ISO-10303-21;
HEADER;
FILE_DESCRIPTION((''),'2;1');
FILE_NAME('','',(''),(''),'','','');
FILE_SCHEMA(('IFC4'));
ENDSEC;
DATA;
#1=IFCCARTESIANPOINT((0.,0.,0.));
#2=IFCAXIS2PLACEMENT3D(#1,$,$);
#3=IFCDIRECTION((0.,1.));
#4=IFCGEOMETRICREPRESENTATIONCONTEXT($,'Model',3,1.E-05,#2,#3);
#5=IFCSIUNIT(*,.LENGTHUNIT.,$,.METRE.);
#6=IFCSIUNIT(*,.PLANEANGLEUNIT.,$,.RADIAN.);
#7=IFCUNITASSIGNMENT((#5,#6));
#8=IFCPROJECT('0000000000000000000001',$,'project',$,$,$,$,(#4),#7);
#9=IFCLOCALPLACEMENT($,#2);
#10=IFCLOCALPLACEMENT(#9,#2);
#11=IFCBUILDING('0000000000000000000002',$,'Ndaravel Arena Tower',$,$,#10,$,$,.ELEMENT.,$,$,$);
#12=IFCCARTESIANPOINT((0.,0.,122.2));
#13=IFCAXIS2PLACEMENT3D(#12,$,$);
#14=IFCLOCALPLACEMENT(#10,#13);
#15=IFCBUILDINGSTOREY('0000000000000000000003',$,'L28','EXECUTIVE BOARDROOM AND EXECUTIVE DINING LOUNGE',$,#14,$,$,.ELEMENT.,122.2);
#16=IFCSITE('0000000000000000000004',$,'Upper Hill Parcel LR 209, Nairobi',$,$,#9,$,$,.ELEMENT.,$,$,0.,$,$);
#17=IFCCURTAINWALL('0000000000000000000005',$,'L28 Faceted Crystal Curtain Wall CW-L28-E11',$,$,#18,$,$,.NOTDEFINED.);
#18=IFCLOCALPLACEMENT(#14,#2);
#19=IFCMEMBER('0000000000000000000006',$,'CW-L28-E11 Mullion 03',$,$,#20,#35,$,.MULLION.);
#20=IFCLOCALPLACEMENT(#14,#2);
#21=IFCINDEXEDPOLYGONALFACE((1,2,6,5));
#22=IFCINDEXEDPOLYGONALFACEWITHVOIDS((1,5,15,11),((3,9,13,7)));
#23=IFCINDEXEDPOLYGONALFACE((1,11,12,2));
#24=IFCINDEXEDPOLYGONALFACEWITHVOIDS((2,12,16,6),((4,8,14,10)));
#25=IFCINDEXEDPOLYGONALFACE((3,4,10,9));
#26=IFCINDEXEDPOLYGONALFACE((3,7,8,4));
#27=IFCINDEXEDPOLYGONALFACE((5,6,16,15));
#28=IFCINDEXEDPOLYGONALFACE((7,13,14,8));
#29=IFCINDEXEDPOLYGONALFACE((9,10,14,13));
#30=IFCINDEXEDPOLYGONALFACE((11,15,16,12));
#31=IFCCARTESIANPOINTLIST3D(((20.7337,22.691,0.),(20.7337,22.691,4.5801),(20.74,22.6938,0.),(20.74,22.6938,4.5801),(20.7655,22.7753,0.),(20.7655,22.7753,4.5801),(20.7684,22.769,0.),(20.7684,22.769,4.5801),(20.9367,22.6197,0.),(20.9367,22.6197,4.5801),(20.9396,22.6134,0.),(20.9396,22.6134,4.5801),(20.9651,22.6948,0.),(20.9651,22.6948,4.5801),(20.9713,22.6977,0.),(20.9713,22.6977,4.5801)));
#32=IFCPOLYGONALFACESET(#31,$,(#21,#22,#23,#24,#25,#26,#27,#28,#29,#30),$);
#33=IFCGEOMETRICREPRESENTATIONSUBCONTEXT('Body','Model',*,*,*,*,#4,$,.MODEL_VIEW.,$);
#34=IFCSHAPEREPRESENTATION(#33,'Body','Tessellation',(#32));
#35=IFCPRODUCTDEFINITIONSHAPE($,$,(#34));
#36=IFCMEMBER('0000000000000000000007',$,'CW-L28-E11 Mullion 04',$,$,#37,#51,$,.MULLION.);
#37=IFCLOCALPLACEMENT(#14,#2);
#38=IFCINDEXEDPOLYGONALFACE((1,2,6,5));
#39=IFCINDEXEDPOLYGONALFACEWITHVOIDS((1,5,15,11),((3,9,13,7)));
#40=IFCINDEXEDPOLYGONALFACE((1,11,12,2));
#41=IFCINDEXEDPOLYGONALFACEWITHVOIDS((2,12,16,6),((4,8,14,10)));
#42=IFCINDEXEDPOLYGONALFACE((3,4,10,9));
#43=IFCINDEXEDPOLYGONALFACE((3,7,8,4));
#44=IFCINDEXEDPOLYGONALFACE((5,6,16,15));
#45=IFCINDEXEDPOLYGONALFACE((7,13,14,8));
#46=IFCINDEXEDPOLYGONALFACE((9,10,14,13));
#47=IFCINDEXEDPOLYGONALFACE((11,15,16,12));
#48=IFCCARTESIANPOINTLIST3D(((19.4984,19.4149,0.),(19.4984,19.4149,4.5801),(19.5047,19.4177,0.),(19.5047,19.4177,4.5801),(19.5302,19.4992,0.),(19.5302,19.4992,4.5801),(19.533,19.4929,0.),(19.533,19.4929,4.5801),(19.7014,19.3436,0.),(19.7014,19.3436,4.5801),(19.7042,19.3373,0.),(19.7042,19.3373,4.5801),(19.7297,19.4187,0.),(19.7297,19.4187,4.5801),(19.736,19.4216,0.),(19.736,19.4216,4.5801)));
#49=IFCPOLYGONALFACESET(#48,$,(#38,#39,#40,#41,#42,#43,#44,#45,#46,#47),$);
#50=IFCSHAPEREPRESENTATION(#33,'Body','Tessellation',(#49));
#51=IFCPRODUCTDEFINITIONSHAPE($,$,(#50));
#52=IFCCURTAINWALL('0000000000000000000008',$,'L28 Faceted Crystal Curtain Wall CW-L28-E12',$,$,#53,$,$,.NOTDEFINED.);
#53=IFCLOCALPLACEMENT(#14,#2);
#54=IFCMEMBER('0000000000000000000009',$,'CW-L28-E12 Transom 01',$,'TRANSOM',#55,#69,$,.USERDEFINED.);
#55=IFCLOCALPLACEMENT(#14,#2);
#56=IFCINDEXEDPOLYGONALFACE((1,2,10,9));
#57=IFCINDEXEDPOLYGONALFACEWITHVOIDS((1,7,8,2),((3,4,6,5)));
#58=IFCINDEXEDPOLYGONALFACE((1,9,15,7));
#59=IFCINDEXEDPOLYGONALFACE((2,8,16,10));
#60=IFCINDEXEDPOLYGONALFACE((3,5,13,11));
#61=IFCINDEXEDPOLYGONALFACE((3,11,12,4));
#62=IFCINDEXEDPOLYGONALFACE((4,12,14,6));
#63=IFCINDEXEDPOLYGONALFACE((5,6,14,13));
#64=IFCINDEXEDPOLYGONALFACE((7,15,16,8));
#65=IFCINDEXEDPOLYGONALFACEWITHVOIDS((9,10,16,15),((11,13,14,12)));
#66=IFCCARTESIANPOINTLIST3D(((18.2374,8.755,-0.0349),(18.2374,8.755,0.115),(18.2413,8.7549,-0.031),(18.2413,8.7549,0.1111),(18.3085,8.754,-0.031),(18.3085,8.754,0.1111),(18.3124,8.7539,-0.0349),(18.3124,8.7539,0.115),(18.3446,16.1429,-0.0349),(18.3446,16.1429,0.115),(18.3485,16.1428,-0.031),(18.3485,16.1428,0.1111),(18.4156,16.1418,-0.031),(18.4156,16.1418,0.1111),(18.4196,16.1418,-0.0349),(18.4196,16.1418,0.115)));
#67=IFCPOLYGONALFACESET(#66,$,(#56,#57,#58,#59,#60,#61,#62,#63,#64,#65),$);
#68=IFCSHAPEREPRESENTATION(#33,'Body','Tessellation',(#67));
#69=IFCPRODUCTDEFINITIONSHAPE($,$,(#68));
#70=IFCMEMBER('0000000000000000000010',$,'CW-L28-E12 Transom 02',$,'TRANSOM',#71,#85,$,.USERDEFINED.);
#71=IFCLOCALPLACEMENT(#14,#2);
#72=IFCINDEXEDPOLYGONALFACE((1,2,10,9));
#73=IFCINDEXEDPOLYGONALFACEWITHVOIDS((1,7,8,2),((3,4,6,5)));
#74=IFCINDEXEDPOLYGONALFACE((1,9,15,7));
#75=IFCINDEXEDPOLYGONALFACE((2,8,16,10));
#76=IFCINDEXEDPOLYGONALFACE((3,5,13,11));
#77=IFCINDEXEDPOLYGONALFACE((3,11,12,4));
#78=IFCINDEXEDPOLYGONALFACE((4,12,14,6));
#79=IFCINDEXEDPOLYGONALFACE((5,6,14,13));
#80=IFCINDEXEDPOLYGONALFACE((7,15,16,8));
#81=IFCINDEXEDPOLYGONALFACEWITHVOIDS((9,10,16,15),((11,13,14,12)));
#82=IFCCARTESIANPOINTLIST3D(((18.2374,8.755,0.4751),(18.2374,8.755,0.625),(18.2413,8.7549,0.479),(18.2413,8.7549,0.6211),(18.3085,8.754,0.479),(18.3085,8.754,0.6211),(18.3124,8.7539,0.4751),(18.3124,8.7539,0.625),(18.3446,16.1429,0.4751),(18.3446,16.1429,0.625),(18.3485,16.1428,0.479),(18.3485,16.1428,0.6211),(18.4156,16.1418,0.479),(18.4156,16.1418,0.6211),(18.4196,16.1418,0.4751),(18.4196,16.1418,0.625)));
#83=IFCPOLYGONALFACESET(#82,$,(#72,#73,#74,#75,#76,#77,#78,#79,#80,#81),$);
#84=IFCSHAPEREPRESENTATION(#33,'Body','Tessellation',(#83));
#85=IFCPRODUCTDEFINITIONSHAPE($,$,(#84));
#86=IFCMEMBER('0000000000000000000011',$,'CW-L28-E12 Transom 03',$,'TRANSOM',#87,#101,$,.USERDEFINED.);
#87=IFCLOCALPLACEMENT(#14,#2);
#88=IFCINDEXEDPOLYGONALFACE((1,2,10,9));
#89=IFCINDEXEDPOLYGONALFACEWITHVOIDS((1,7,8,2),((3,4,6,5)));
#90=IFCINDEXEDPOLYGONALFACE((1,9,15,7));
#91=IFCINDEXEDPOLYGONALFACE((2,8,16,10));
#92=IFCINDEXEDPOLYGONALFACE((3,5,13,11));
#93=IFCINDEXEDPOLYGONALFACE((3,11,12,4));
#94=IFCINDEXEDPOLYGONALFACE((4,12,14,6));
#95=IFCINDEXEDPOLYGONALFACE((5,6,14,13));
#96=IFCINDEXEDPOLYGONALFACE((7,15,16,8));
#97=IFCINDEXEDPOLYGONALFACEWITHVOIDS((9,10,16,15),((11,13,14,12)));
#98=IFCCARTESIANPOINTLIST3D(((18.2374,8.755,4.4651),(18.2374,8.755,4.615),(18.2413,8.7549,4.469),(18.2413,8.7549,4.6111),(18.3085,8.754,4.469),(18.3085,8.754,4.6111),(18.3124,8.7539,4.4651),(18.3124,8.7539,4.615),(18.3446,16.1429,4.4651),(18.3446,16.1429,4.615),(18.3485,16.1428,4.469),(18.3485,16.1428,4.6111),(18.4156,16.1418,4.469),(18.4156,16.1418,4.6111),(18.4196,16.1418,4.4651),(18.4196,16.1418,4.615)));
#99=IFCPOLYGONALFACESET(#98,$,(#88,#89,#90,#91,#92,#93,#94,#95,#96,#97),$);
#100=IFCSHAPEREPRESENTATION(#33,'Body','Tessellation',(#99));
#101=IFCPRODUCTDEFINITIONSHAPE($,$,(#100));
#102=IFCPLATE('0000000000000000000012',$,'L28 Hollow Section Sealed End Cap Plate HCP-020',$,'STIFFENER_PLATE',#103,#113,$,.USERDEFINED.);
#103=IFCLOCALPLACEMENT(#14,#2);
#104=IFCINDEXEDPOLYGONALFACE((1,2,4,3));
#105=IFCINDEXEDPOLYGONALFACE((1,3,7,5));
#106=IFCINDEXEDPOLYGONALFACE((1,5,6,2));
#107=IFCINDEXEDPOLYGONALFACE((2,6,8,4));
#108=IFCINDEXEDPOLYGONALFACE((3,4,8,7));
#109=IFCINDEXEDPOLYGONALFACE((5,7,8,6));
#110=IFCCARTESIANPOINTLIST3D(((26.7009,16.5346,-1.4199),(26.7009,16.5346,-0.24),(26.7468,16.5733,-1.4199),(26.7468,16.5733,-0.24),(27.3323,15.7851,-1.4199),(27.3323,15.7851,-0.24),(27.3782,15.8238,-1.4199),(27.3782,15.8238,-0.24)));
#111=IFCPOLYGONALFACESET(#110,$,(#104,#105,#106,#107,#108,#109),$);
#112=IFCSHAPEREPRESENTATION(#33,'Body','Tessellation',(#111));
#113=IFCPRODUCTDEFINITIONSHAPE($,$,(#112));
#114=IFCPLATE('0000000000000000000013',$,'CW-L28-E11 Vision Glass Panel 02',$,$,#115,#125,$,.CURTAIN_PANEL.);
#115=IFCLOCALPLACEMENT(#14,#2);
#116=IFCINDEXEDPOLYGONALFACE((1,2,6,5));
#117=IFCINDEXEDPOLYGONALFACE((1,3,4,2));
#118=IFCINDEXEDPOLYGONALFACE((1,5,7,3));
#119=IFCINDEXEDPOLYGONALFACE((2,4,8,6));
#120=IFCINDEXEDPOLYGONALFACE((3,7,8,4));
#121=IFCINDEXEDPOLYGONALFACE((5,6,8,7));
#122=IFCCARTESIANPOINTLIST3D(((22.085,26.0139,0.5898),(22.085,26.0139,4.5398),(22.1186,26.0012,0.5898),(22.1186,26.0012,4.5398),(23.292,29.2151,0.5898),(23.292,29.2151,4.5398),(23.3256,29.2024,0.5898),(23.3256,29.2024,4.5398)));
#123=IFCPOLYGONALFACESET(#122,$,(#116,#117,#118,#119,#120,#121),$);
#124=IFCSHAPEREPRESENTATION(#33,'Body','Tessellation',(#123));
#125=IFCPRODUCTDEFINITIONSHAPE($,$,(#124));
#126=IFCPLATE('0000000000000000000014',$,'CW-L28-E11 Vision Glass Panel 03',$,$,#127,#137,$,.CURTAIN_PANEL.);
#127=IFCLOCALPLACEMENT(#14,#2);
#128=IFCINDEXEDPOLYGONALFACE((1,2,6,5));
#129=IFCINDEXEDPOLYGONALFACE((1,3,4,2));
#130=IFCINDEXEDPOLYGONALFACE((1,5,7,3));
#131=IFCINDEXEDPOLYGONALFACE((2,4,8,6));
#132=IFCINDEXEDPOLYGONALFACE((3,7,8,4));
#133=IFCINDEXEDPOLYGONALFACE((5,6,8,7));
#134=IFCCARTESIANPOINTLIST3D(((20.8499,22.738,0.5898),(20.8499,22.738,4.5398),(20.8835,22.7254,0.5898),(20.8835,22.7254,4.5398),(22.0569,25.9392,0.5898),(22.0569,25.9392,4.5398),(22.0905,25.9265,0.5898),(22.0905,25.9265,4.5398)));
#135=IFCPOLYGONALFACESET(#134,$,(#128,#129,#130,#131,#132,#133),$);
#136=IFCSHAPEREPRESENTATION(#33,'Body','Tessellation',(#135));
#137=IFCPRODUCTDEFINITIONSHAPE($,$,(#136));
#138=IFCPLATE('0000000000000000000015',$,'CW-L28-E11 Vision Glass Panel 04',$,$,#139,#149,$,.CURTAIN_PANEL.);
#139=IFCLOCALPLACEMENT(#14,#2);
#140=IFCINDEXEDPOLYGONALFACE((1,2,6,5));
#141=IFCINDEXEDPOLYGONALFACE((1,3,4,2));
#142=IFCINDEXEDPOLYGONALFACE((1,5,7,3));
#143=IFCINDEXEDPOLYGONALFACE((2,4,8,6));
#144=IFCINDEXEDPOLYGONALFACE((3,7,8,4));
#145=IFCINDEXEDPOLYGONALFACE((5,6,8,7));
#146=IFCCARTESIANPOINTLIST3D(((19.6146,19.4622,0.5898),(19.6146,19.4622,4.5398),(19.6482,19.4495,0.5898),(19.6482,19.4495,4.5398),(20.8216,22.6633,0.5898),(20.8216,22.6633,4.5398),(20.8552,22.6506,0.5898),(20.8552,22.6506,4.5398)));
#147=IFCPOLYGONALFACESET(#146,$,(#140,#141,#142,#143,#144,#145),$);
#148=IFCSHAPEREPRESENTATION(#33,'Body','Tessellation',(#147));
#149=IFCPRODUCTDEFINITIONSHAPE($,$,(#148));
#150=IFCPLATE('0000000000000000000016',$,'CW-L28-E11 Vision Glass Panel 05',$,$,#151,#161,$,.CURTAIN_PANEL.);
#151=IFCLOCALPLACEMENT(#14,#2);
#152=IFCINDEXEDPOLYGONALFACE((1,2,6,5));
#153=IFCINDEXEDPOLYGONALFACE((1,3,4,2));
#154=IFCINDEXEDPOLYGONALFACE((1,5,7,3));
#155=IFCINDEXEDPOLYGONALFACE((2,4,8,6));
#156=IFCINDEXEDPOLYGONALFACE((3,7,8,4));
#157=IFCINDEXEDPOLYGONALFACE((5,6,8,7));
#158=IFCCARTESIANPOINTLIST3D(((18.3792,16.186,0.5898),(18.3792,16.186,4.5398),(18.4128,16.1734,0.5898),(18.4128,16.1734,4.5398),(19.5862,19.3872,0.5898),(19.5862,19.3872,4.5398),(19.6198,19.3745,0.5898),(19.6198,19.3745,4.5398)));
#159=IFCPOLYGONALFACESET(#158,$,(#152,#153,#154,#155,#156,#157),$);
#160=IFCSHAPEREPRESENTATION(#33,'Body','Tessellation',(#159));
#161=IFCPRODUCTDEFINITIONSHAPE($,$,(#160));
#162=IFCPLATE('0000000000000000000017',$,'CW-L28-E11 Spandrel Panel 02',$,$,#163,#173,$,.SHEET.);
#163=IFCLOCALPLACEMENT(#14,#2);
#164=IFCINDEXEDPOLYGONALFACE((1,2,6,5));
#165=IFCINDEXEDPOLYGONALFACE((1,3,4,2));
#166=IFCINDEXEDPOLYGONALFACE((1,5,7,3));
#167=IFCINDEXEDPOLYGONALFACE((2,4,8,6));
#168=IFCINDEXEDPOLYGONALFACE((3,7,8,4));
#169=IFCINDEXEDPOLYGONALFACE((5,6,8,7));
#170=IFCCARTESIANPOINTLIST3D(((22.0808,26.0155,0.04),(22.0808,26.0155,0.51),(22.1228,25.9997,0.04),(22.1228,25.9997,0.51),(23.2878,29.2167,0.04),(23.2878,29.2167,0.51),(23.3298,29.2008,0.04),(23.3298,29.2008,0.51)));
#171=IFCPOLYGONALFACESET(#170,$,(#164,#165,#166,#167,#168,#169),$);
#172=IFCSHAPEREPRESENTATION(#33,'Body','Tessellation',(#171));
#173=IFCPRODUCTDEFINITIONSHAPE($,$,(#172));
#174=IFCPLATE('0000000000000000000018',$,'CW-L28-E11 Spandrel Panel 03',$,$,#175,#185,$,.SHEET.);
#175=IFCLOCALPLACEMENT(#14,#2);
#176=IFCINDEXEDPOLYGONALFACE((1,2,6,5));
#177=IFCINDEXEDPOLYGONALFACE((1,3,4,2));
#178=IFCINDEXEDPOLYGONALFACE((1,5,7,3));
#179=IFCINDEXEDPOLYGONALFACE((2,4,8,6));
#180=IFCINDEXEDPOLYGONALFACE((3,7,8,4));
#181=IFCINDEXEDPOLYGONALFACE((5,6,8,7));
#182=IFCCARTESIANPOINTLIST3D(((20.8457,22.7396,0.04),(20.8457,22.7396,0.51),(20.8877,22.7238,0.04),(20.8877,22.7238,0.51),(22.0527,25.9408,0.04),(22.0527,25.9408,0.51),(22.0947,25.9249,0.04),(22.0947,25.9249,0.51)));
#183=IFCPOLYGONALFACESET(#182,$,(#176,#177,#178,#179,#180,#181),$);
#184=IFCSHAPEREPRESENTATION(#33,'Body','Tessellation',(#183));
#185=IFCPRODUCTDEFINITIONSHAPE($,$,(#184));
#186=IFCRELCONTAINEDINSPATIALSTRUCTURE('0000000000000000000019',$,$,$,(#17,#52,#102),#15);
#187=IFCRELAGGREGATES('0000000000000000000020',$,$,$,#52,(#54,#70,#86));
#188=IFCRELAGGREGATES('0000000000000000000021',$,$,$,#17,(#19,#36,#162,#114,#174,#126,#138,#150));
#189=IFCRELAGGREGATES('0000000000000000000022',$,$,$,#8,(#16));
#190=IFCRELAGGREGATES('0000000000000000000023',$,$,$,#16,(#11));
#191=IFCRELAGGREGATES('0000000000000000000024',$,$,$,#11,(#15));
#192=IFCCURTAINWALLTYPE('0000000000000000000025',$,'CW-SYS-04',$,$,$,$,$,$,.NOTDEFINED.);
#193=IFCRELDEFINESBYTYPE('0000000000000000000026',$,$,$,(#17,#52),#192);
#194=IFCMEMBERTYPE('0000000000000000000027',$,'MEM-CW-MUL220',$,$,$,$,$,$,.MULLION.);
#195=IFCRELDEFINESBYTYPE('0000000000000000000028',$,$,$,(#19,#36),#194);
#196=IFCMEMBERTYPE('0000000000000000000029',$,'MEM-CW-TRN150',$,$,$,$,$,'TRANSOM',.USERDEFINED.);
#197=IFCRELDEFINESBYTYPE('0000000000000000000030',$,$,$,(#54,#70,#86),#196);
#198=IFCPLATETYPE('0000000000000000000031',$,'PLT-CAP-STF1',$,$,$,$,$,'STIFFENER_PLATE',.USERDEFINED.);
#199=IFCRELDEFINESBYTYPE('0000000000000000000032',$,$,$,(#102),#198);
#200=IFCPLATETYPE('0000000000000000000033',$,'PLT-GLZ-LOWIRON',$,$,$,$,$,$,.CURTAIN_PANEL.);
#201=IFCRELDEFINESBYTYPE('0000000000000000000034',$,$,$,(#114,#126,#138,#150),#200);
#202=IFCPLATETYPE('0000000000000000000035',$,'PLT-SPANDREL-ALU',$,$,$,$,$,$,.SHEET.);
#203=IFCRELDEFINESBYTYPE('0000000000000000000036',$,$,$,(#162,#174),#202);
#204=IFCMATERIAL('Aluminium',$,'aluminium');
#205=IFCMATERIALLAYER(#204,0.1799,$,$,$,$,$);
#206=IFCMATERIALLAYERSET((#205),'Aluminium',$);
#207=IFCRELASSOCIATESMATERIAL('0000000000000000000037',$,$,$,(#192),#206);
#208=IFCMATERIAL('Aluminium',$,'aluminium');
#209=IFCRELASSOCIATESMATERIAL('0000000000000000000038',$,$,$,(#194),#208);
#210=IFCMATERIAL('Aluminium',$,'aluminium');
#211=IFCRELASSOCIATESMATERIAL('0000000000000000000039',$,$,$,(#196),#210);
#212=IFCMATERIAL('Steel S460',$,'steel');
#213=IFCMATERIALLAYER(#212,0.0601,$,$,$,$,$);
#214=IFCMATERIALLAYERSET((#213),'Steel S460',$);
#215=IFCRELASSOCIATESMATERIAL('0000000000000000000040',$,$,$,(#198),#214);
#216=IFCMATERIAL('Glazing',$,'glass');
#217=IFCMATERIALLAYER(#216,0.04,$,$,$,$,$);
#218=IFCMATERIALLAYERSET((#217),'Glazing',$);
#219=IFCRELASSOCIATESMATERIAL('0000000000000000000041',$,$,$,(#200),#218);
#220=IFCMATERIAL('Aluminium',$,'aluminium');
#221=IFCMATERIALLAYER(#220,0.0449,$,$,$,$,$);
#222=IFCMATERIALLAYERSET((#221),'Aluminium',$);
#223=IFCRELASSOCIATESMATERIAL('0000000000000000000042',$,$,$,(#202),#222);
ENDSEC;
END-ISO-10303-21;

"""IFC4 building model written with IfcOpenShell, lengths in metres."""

from ifc_helpers import new_model, si_unit, direction, frame, origin, origin_2d, place, context, subcontext, project, spatial, rectangle, hollow_rectangle, extrude, material, layer, layer_set, material_profile, profile_set, type_object, element, aggregate, save


model = new_model("IFC4")

# Units and contexts
model_context = context("Model", 3, precision=1e-05, world=origin(), true_north=direction((0.0, 1.0)))
body_context = subcontext(model_context, "Body", "Model", "MODEL_VIEW")
ifc_project = project(units=[si_unit("LENGTHUNIT", "METRE"), si_unit("PLANEANGLEUNIT", "RADIAN")], contexts=[model_context])

# Site, building, storey
site_placement = place(None, origin())
site = spatial("IfcSite", under=ifc_project, at=site_placement, Name="Upper Hill Parcel LR 209, Nairobi", CompositionType="ELEMENT", RefElevation=0.0)
building_placement = place(site_placement, origin())
building = spatial("IfcBuilding", under=site, at=building_placement, Name="Ndaravel Arena Tower", CompositionType="ELEMENT")
storey_placement = place(building_placement, frame((0.0, 0.0, 122.2)))
storey = spatial("IfcBuildingStorey", under=building, at=storey_placement, Name="L28", Description="EXECUTIVE BOARDROOM AND EXECUTIVE DINING LOUNGE", CompositionType="ELEMENT", Elevation=122.2)

# Curtain walls, members
ifc_material_1 = material(Name="Aluminium", Category="aluminium")
ifc_layer_1 = layer(ifc_material_1, 0.1799)
ifc_layer_set_1 = layer_set([ifc_layer_1], Name="Aluminium")
curtain_wall_type = type_object("IfcCurtainWallType", Name="CW-SYS-04", PredefinedType="NOTDEFINED", material=ifc_layer_set_1)
curtain_wall_1_placement = place(storey_placement, origin())
curtain_wall_1 = element("IfcCurtainWall", 1, at=curtain_wall_1_placement, inside=storey, type_object=curtain_wall_type, Name="L28 Faceted Crystal Curtain Wall CW-L28-E11", PredefinedType="NOTDEFINED")
ifc_material_2 = material(Name="Aluminium", Category="aluminium")
ifc_material_profile_1 = material_profile(ifc_material_2, hollow_rectangle(XDim=0.0901, YDim=0.22, WallThickness=0.0049, at=origin_2d()), Name="CW MULLION 90x220x5")
ifc_profile_set_1 = profile_set([ifc_material_profile_1], Name="Aluminium")
member_type_1 = type_object("IfcMemberType", Name="MEM-CW-MUL220", PredefinedType="MULLION", material=ifc_profile_set_1)
member_1_placement = place(storey_placement, frame((20.8525, 22.6943, 0.0), z_axis=(0.0, 0.0, 1.0), x_axis=(-0.352805, -0.935697, 0.0)))
member_1 = element("IfcMember", 2, at=member_1_placement, type_object=member_type_1, Name="CW-L28-E11 Mullion 03", PredefinedType="MULLION", context=body_context, shape_type="SweptSolid", body=[
    extrude(hollow_rectangle(XDim=0.0901, YDim=0.22, WallThickness=0.0049, at=origin_2d()), origin(), (0.0, 0.0, 1.0), 4.5801),
])
member_2_placement = place(storey_placement, frame((19.6172, 19.4182, 0.0), z_axis=(0.0, 0.0, 1.0), x_axis=(-0.352805, -0.935697, 0.0)))
member_2 = element("IfcMember", 3, at=member_2_placement, type_object=member_type_1, Name="CW-L28-E11 Mullion 04", PredefinedType="MULLION", context=body_context, shape_type="SweptSolid", body=[
    extrude(hollow_rectangle(XDim=0.0901, YDim=0.22, WallThickness=0.0049, at=origin_2d()), origin(), (0.0, 0.0, 1.0), 4.5801),
])
curtain_wall_2_placement = place(storey_placement, origin())
curtain_wall_2 = element("IfcCurtainWall", 4, at=curtain_wall_2_placement, inside=storey, type_object=curtain_wall_type, Name="L28 Faceted Crystal Curtain Wall CW-L28-E12", PredefinedType="NOTDEFINED")
ifc_material_3 = material(Name="Aluminium", Category="aluminium")
ifc_material_profile_2 = material_profile(ifc_material_3, hollow_rectangle(XDim=0.075, YDim=0.1499, WallThickness=0.0039, at=origin_2d()), Name="CW TRANSOM 75x150x4")
ifc_profile_set_2 = profile_set([ifc_material_profile_2], Name="Aluminium")
member_type_2 = type_object("IfcMemberType", Name="MEM-CW-TRN150", ElementType="TRANSOM", PredefinedType="USERDEFINED", material=ifc_profile_set_2)
member_3_placement = place(storey_placement, frame((18.3821, 16.1423, 0.04), z_axis=(-0.014506, -0.999895, 0.0), x_axis=(0.999895, -0.014506, 0.0)))
member_3 = element("IfcMember", 5, at=member_3_placement, type_object=member_type_2, Name="CW-L28-E12 Transom 01", ObjectType="TRANSOM", PredefinedType="USERDEFINED", context=body_context, shape_type="SweptSolid", body=[
    extrude(hollow_rectangle(XDim=0.075, YDim=0.1499, WallThickness=0.0039, at=origin_2d()), origin(), (0.0, 0.0, 1.0), 7.3887),
])
member_4_placement = place(storey_placement, frame((18.3821, 16.1423, 0.55), z_axis=(-0.014506, -0.999895, 0.0), x_axis=(0.999895, -0.014506, 0.0)))
member_4 = element("IfcMember", 6, at=member_4_placement, type_object=member_type_2, Name="CW-L28-E12 Transom 02", ObjectType="TRANSOM", PredefinedType="USERDEFINED", context=body_context, shape_type="SweptSolid", body=[
    extrude(hollow_rectangle(XDim=0.075, YDim=0.1499, WallThickness=0.0039, at=origin_2d()), origin(), (0.0, 0.0, 1.0), 7.3887),
])
member_5_placement = place(storey_placement, frame((18.3821, 16.1423, 4.54), z_axis=(-0.014506, -0.999895, 0.0), x_axis=(0.999895, -0.014506, 0.0)))
member_5 = element("IfcMember", 7, at=member_5_placement, type_object=member_type_2, Name="CW-L28-E12 Transom 03", ObjectType="TRANSOM", PredefinedType="USERDEFINED", context=body_context, shape_type="SweptSolid", body=[
    extrude(hollow_rectangle(XDim=0.075, YDim=0.1499, WallThickness=0.0039, at=origin_2d()), origin(), (0.0, 0.0, 1.0), 7.3887),
])
aggregate(curtain_wall_2, [member_3, member_4, member_5])

# Plates
ifc_material_4 = material(Name="Steel S460", Category="steel")
ifc_layer_2 = layer(ifc_material_4, 0.0601)
ifc_layer_set_2 = layer_set([ifc_layer_2], Name="Steel S460")
plate_type_1 = type_object("IfcPlateType", Name="PLT-CAP-STF1", ElementType="STIFFENER_PLATE", PredefinedType="USERDEFINED", material=ifc_layer_set_2)
plate_1_placement = place(storey_placement, frame((27.0396, 16.1792, -1.4199), z_axis=(0.0, 0.0, 1.0), x_axis=(-0.764809, -0.644257, 0.0)))
element("IfcPlate", 8, at=plate_1_placement, inside=storey, type_object=plate_type_1, Name="L28 Hollow Section Sealed End Cap Plate HCP-020", ObjectType="STIFFENER_PLATE", PredefinedType="USERDEFINED", context=body_context, shape_type="SweptSolid", body=[
    extrude(rectangle(XDim=0.0601, YDim=0.98, at=origin_2d()), origin(), (0.0, 0.0, 1.0), 1.1799),
])
ifc_material_5 = material(Name="Glazing", Category="glass")
ifc_layer_3 = layer(ifc_material_5, 0.04)
ifc_layer_set_3 = layer_set([ifc_layer_3], Name="Glazing")
plate_type_2 = type_object("IfcPlateType", Name="PLT-GLZ-LOWIRON", PredefinedType="CURTAIN_PANEL", material=ifc_layer_set_3)
plate_2_placement = place(storey_placement, frame((22.7053, 27.6082, 0.5898), z_axis=(0.0, 0.0, 1.0), x_axis=(-0.352805, -0.935697, 0.0)))
plate_2 = element("IfcPlate", 9, at=plate_2_placement, type_object=plate_type_2, Name="CW-L28-E11 Vision Glass Panel 02", PredefinedType="CURTAIN_PANEL", context=body_context, shape_type="SweptSolid", body=[
    extrude(rectangle(XDim=3.4211, YDim=0.0359, at=origin_2d()), origin(), (0.0, 0.0, 1.0), 3.95),
])
plate_3_placement = place(storey_placement, frame((21.4702, 24.3323, 0.5898), z_axis=(0.0, 0.0, 1.0), x_axis=(-0.352805, -0.935697, 0.0)))
plate_3 = element("IfcPlate", 10, at=plate_3_placement, type_object=plate_type_2, Name="CW-L28-E11 Vision Glass Panel 03", PredefinedType="CURTAIN_PANEL", context=body_context, shape_type="SweptSolid", body=[
    extrude(rectangle(XDim=3.4211, YDim=0.0359, at=origin_2d()), origin(), (0.0, 0.0, 1.0), 3.95),
])
plate_4_placement = place(storey_placement, frame((20.2349, 21.0564, 0.5898), z_axis=(0.0, 0.0, 1.0), x_axis=(-0.352805, -0.935697, 0.0)))
plate_4 = element("IfcPlate", 11, at=plate_4_placement, type_object=plate_type_2, Name="CW-L28-E11 Vision Glass Panel 04", PredefinedType="CURTAIN_PANEL", context=body_context, shape_type="SweptSolid", body=[
    extrude(rectangle(XDim=3.4211, YDim=0.0359, at=origin_2d()), origin(), (0.0, 0.0, 1.0), 3.95),
])
plate_5_placement = place(storey_placement, frame((18.9995, 17.7803, 0.5898), z_axis=(0.0, 0.0, 1.0), x_axis=(-0.352805, -0.935697, 0.0)))
plate_5 = element("IfcPlate", 12, at=plate_5_placement, type_object=plate_type_2, Name="CW-L28-E11 Vision Glass Panel 05", PredefinedType="CURTAIN_PANEL", context=body_context, shape_type="SweptSolid", body=[
    extrude(rectangle(XDim=3.4211, YDim=0.0359, at=origin_2d()), origin(), (0.0, 0.0, 1.0), 3.95),
])
ifc_material_6 = material(Name="Aluminium", Category="aluminium")
ifc_layer_4 = layer(ifc_material_6, 0.0449)
ifc_layer_set_4 = layer_set([ifc_layer_4], Name="Aluminium")
plate_type_3 = type_object("IfcPlateType", Name="PLT-SPANDREL-ALU", PredefinedType="SHEET", material=ifc_layer_set_4)
plate_6_placement = place(storey_placement, frame((22.7053, 27.6082, 0.04), z_axis=(0.0, 0.0, 1.0), x_axis=(-0.352805, -0.935697, 0.0)))
plate_6 = element("IfcPlate", 13, at=plate_6_placement, type_object=plate_type_3, Name="CW-L28-E11 Spandrel Panel 02", PredefinedType="SHEET", context=body_context, shape_type="SweptSolid", body=[
    extrude(rectangle(XDim=3.4211, YDim=0.0449, at=origin_2d()), origin(), (0.0, 0.0, 1.0), 0.47),
])
plate_7_placement = place(storey_placement, frame((21.4702, 24.3323, 0.04), z_axis=(0.0, 0.0, 1.0), x_axis=(-0.352805, -0.935697, 0.0)))
plate_7 = element("IfcPlate", 14, at=plate_7_placement, type_object=plate_type_3, Name="CW-L28-E11 Spandrel Panel 03", PredefinedType="SHEET", context=body_context, shape_type="SweptSolid", body=[
    extrude(rectangle(XDim=3.4211, YDim=0.0449, at=origin_2d()), origin(), (0.0, 0.0, 1.0), 0.47),
])
aggregate(curtain_wall_1, [member_1, member_2, plate_6, plate_2, plate_7, plate_3, plate_4, plate_5])

save(model, "model.ifc")
